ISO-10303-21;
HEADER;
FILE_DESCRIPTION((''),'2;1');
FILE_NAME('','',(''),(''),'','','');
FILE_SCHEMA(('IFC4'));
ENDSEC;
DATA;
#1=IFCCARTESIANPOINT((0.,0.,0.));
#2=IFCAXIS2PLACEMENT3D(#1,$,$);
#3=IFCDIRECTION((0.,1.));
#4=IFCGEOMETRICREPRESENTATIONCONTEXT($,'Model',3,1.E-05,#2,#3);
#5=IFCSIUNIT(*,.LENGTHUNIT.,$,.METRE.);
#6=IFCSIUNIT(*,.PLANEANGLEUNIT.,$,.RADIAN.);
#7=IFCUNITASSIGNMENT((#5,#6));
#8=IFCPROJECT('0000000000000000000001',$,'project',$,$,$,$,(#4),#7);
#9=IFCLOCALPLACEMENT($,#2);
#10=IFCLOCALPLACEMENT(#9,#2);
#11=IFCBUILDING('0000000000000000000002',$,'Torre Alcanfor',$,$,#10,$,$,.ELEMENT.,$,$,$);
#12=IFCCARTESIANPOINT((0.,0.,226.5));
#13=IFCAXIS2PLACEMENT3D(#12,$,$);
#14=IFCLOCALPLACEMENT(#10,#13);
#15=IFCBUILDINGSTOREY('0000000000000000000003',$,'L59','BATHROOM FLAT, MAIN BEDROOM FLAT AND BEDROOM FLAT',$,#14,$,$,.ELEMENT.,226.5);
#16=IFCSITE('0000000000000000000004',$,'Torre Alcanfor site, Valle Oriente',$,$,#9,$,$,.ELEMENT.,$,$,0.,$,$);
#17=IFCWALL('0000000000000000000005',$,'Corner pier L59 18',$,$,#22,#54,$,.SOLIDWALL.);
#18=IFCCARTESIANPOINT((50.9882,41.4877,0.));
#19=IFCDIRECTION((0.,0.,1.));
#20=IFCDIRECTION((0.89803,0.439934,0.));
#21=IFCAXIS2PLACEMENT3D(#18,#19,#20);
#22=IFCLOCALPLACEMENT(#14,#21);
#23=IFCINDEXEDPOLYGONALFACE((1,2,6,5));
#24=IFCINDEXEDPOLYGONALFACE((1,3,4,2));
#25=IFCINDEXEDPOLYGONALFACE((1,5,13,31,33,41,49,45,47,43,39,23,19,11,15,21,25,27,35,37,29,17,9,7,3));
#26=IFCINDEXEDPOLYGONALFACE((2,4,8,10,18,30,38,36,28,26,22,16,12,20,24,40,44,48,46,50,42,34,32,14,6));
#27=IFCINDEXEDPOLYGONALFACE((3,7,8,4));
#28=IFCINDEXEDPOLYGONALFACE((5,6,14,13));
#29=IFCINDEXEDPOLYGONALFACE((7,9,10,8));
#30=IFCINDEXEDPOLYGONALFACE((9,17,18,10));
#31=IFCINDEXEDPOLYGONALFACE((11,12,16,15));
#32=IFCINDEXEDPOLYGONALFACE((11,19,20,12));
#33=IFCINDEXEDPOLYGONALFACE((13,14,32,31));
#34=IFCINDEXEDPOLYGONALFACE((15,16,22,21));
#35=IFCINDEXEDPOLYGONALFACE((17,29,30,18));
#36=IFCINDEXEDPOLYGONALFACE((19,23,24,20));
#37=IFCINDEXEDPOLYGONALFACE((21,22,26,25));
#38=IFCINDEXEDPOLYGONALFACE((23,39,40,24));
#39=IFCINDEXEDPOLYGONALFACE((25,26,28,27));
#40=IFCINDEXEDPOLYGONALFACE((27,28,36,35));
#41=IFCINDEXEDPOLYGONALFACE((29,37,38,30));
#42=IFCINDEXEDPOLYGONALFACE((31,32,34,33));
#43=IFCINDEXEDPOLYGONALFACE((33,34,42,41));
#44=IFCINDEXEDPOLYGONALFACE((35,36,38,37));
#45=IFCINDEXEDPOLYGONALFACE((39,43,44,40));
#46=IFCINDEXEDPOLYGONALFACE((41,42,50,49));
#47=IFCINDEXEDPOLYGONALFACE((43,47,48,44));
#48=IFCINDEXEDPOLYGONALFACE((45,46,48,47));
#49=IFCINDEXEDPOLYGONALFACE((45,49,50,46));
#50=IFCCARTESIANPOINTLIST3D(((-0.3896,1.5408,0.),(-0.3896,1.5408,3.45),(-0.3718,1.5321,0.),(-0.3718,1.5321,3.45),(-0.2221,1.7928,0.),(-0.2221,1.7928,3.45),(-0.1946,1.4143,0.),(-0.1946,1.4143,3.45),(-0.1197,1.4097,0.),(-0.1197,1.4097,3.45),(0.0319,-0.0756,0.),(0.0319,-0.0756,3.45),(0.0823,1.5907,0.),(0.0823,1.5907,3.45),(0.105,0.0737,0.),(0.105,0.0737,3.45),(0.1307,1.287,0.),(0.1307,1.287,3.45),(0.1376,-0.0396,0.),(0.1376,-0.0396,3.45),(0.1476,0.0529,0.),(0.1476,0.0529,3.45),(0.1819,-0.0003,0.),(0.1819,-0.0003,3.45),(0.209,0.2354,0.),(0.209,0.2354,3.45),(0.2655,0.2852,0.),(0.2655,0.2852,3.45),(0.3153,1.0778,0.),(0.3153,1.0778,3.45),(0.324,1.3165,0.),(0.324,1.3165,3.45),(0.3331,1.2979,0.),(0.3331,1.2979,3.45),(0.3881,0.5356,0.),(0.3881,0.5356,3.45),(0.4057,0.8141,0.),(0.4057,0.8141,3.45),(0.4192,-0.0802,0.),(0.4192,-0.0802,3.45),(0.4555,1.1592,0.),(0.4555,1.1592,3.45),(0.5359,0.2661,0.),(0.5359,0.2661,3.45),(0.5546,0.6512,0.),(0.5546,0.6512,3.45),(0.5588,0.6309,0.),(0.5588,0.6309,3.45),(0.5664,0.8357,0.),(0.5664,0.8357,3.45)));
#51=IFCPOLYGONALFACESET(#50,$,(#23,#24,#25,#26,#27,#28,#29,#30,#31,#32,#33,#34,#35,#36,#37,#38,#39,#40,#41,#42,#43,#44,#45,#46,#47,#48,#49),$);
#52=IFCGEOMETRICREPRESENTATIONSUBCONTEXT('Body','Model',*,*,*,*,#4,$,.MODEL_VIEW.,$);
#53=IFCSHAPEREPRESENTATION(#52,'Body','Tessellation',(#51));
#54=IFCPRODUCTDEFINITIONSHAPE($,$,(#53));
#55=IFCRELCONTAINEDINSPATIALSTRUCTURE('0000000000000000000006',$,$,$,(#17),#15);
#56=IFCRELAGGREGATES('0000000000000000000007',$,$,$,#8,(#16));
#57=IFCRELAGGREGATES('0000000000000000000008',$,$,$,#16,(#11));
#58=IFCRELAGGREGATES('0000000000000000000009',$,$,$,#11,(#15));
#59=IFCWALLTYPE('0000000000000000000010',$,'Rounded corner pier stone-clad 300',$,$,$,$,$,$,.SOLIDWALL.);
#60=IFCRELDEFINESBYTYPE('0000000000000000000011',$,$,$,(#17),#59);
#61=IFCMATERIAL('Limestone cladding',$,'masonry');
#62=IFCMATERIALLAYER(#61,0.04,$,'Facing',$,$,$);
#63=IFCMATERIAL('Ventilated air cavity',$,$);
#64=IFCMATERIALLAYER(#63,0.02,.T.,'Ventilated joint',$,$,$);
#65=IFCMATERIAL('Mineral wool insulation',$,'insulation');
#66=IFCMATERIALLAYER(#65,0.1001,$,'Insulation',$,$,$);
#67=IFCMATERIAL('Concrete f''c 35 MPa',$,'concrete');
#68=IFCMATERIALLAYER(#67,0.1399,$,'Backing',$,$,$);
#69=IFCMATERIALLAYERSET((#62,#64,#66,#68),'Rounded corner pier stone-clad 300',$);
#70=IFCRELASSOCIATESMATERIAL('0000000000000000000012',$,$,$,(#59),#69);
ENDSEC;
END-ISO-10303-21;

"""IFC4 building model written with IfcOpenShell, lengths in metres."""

from ifc_helpers import new_model, si_unit, direction, frame, origin, place, context, subcontext, project, spatial, polyline, outline, extrude, material, layer, layer_set, type_object, element, save


model = new_model("IFC4")

# Units and contexts
model_context = context("Model", 3, precision=1e-05, world=origin(), true_north=direction((0.0, 1.0)))
body_context = subcontext(model_context, "Body", "Model", "MODEL_VIEW")
ifc_project = project(units=[si_unit("LENGTHUNIT", "METRE"), si_unit("PLANEANGLEUNIT", "RADIAN")], contexts=[model_context])

# Site, building, storey
site_placement = place(None, origin())
site = spatial("IfcSite", under=ifc_project, at=site_placement, Name="Torre Alcanfor site, Valle Oriente", CompositionType="ELEMENT", RefElevation=0.0)
building_placement = place(site_placement, origin())
building = spatial("IfcBuilding", under=site, at=building_placement, Name="Torre Alcanfor", CompositionType="ELEMENT")
storey_placement = place(building_placement, frame((0.0, 0.0, 226.5)))
storey = spatial("IfcBuildingStorey", under=building, at=storey_placement, Name="L59", Description="BATHROOM FLAT, MAIN BEDROOM FLAT AND BEDROOM FLAT", CompositionType="ELEMENT", Elevation=226.5)

# Wall
ifc_material_1 = material(Name="Limestone cladding", Category="masonry")
ifc_layer_1 = layer(ifc_material_1, 0.04, Name="Facing")
ifc_material_2 = material(Name="Ventilated air cavity")
ifc_layer_2 = layer(ifc_material_2, 0.02, ventilated=True, Name="Ventilated joint")
ifc_material_3 = material(Name="Mineral wool insulation", Category="insulation")
ifc_layer_3 = layer(ifc_material_3, 0.1001, Name="Insulation")
ifc_material_4 = material(Name="Concrete f'c 35 MPa", Category="concrete")
ifc_layer_4 = layer(ifc_material_4, 0.1399, Name="Backing")
ifc_layer_set_1 = layer_set([ifc_layer_1, ifc_layer_2, ifc_layer_3, ifc_layer_4], Name="Rounded corner pier stone-clad 300")
wall_type_1 = type_object("IfcWallType", Name="Rounded corner pier stone-clad 300", PredefinedType="SOLIDWALL", material=ifc_layer_set_1)
wall_1_placement = place(storey_placement, frame((50.9882, 41.4877, 0.0), z_axis=(0.0, 0.0, 1.0), x_axis=(0.89803, 0.439934, 0.0)))
element("IfcWall", 1, at=wall_1_placement, inside=storey, type_object=wall_type_1, Name="Corner pier L59 18", PredefinedType="SOLIDWALL", context=body_context, shape_type="SweptSolid", body=[
    extrude(outline(polyline([(0.1376, -0.0396), (0.1819, -0.0003), (0.4192, -0.0802), (0.5359, 0.2661), (0.5588, 0.6309), (0.5546, 0.6512), (0.5664, 0.8357), (0.4555, 1.1592), (0.3331, 1.2979), (0.324, 1.3165), (0.0823, 1.5907), (-0.2221, 1.7928), (-0.3896, 1.5408), (-0.3718, 1.5321), (-0.1946, 1.4143), (-0.1197, 1.4097), (0.1307, 1.287), (0.3153, 1.0778), (0.4057, 0.8141), (0.3881, 0.5356), (0.2655, 0.2852), (0.209, 0.2354), (0.1476, 0.0529), (0.105, 0.0737), (0.0319, -0.0756), (0.1376, -0.0396)])), origin(), (0.0, 0.0, 1.0), 3.45),
])

save(model, "model.ifc")
